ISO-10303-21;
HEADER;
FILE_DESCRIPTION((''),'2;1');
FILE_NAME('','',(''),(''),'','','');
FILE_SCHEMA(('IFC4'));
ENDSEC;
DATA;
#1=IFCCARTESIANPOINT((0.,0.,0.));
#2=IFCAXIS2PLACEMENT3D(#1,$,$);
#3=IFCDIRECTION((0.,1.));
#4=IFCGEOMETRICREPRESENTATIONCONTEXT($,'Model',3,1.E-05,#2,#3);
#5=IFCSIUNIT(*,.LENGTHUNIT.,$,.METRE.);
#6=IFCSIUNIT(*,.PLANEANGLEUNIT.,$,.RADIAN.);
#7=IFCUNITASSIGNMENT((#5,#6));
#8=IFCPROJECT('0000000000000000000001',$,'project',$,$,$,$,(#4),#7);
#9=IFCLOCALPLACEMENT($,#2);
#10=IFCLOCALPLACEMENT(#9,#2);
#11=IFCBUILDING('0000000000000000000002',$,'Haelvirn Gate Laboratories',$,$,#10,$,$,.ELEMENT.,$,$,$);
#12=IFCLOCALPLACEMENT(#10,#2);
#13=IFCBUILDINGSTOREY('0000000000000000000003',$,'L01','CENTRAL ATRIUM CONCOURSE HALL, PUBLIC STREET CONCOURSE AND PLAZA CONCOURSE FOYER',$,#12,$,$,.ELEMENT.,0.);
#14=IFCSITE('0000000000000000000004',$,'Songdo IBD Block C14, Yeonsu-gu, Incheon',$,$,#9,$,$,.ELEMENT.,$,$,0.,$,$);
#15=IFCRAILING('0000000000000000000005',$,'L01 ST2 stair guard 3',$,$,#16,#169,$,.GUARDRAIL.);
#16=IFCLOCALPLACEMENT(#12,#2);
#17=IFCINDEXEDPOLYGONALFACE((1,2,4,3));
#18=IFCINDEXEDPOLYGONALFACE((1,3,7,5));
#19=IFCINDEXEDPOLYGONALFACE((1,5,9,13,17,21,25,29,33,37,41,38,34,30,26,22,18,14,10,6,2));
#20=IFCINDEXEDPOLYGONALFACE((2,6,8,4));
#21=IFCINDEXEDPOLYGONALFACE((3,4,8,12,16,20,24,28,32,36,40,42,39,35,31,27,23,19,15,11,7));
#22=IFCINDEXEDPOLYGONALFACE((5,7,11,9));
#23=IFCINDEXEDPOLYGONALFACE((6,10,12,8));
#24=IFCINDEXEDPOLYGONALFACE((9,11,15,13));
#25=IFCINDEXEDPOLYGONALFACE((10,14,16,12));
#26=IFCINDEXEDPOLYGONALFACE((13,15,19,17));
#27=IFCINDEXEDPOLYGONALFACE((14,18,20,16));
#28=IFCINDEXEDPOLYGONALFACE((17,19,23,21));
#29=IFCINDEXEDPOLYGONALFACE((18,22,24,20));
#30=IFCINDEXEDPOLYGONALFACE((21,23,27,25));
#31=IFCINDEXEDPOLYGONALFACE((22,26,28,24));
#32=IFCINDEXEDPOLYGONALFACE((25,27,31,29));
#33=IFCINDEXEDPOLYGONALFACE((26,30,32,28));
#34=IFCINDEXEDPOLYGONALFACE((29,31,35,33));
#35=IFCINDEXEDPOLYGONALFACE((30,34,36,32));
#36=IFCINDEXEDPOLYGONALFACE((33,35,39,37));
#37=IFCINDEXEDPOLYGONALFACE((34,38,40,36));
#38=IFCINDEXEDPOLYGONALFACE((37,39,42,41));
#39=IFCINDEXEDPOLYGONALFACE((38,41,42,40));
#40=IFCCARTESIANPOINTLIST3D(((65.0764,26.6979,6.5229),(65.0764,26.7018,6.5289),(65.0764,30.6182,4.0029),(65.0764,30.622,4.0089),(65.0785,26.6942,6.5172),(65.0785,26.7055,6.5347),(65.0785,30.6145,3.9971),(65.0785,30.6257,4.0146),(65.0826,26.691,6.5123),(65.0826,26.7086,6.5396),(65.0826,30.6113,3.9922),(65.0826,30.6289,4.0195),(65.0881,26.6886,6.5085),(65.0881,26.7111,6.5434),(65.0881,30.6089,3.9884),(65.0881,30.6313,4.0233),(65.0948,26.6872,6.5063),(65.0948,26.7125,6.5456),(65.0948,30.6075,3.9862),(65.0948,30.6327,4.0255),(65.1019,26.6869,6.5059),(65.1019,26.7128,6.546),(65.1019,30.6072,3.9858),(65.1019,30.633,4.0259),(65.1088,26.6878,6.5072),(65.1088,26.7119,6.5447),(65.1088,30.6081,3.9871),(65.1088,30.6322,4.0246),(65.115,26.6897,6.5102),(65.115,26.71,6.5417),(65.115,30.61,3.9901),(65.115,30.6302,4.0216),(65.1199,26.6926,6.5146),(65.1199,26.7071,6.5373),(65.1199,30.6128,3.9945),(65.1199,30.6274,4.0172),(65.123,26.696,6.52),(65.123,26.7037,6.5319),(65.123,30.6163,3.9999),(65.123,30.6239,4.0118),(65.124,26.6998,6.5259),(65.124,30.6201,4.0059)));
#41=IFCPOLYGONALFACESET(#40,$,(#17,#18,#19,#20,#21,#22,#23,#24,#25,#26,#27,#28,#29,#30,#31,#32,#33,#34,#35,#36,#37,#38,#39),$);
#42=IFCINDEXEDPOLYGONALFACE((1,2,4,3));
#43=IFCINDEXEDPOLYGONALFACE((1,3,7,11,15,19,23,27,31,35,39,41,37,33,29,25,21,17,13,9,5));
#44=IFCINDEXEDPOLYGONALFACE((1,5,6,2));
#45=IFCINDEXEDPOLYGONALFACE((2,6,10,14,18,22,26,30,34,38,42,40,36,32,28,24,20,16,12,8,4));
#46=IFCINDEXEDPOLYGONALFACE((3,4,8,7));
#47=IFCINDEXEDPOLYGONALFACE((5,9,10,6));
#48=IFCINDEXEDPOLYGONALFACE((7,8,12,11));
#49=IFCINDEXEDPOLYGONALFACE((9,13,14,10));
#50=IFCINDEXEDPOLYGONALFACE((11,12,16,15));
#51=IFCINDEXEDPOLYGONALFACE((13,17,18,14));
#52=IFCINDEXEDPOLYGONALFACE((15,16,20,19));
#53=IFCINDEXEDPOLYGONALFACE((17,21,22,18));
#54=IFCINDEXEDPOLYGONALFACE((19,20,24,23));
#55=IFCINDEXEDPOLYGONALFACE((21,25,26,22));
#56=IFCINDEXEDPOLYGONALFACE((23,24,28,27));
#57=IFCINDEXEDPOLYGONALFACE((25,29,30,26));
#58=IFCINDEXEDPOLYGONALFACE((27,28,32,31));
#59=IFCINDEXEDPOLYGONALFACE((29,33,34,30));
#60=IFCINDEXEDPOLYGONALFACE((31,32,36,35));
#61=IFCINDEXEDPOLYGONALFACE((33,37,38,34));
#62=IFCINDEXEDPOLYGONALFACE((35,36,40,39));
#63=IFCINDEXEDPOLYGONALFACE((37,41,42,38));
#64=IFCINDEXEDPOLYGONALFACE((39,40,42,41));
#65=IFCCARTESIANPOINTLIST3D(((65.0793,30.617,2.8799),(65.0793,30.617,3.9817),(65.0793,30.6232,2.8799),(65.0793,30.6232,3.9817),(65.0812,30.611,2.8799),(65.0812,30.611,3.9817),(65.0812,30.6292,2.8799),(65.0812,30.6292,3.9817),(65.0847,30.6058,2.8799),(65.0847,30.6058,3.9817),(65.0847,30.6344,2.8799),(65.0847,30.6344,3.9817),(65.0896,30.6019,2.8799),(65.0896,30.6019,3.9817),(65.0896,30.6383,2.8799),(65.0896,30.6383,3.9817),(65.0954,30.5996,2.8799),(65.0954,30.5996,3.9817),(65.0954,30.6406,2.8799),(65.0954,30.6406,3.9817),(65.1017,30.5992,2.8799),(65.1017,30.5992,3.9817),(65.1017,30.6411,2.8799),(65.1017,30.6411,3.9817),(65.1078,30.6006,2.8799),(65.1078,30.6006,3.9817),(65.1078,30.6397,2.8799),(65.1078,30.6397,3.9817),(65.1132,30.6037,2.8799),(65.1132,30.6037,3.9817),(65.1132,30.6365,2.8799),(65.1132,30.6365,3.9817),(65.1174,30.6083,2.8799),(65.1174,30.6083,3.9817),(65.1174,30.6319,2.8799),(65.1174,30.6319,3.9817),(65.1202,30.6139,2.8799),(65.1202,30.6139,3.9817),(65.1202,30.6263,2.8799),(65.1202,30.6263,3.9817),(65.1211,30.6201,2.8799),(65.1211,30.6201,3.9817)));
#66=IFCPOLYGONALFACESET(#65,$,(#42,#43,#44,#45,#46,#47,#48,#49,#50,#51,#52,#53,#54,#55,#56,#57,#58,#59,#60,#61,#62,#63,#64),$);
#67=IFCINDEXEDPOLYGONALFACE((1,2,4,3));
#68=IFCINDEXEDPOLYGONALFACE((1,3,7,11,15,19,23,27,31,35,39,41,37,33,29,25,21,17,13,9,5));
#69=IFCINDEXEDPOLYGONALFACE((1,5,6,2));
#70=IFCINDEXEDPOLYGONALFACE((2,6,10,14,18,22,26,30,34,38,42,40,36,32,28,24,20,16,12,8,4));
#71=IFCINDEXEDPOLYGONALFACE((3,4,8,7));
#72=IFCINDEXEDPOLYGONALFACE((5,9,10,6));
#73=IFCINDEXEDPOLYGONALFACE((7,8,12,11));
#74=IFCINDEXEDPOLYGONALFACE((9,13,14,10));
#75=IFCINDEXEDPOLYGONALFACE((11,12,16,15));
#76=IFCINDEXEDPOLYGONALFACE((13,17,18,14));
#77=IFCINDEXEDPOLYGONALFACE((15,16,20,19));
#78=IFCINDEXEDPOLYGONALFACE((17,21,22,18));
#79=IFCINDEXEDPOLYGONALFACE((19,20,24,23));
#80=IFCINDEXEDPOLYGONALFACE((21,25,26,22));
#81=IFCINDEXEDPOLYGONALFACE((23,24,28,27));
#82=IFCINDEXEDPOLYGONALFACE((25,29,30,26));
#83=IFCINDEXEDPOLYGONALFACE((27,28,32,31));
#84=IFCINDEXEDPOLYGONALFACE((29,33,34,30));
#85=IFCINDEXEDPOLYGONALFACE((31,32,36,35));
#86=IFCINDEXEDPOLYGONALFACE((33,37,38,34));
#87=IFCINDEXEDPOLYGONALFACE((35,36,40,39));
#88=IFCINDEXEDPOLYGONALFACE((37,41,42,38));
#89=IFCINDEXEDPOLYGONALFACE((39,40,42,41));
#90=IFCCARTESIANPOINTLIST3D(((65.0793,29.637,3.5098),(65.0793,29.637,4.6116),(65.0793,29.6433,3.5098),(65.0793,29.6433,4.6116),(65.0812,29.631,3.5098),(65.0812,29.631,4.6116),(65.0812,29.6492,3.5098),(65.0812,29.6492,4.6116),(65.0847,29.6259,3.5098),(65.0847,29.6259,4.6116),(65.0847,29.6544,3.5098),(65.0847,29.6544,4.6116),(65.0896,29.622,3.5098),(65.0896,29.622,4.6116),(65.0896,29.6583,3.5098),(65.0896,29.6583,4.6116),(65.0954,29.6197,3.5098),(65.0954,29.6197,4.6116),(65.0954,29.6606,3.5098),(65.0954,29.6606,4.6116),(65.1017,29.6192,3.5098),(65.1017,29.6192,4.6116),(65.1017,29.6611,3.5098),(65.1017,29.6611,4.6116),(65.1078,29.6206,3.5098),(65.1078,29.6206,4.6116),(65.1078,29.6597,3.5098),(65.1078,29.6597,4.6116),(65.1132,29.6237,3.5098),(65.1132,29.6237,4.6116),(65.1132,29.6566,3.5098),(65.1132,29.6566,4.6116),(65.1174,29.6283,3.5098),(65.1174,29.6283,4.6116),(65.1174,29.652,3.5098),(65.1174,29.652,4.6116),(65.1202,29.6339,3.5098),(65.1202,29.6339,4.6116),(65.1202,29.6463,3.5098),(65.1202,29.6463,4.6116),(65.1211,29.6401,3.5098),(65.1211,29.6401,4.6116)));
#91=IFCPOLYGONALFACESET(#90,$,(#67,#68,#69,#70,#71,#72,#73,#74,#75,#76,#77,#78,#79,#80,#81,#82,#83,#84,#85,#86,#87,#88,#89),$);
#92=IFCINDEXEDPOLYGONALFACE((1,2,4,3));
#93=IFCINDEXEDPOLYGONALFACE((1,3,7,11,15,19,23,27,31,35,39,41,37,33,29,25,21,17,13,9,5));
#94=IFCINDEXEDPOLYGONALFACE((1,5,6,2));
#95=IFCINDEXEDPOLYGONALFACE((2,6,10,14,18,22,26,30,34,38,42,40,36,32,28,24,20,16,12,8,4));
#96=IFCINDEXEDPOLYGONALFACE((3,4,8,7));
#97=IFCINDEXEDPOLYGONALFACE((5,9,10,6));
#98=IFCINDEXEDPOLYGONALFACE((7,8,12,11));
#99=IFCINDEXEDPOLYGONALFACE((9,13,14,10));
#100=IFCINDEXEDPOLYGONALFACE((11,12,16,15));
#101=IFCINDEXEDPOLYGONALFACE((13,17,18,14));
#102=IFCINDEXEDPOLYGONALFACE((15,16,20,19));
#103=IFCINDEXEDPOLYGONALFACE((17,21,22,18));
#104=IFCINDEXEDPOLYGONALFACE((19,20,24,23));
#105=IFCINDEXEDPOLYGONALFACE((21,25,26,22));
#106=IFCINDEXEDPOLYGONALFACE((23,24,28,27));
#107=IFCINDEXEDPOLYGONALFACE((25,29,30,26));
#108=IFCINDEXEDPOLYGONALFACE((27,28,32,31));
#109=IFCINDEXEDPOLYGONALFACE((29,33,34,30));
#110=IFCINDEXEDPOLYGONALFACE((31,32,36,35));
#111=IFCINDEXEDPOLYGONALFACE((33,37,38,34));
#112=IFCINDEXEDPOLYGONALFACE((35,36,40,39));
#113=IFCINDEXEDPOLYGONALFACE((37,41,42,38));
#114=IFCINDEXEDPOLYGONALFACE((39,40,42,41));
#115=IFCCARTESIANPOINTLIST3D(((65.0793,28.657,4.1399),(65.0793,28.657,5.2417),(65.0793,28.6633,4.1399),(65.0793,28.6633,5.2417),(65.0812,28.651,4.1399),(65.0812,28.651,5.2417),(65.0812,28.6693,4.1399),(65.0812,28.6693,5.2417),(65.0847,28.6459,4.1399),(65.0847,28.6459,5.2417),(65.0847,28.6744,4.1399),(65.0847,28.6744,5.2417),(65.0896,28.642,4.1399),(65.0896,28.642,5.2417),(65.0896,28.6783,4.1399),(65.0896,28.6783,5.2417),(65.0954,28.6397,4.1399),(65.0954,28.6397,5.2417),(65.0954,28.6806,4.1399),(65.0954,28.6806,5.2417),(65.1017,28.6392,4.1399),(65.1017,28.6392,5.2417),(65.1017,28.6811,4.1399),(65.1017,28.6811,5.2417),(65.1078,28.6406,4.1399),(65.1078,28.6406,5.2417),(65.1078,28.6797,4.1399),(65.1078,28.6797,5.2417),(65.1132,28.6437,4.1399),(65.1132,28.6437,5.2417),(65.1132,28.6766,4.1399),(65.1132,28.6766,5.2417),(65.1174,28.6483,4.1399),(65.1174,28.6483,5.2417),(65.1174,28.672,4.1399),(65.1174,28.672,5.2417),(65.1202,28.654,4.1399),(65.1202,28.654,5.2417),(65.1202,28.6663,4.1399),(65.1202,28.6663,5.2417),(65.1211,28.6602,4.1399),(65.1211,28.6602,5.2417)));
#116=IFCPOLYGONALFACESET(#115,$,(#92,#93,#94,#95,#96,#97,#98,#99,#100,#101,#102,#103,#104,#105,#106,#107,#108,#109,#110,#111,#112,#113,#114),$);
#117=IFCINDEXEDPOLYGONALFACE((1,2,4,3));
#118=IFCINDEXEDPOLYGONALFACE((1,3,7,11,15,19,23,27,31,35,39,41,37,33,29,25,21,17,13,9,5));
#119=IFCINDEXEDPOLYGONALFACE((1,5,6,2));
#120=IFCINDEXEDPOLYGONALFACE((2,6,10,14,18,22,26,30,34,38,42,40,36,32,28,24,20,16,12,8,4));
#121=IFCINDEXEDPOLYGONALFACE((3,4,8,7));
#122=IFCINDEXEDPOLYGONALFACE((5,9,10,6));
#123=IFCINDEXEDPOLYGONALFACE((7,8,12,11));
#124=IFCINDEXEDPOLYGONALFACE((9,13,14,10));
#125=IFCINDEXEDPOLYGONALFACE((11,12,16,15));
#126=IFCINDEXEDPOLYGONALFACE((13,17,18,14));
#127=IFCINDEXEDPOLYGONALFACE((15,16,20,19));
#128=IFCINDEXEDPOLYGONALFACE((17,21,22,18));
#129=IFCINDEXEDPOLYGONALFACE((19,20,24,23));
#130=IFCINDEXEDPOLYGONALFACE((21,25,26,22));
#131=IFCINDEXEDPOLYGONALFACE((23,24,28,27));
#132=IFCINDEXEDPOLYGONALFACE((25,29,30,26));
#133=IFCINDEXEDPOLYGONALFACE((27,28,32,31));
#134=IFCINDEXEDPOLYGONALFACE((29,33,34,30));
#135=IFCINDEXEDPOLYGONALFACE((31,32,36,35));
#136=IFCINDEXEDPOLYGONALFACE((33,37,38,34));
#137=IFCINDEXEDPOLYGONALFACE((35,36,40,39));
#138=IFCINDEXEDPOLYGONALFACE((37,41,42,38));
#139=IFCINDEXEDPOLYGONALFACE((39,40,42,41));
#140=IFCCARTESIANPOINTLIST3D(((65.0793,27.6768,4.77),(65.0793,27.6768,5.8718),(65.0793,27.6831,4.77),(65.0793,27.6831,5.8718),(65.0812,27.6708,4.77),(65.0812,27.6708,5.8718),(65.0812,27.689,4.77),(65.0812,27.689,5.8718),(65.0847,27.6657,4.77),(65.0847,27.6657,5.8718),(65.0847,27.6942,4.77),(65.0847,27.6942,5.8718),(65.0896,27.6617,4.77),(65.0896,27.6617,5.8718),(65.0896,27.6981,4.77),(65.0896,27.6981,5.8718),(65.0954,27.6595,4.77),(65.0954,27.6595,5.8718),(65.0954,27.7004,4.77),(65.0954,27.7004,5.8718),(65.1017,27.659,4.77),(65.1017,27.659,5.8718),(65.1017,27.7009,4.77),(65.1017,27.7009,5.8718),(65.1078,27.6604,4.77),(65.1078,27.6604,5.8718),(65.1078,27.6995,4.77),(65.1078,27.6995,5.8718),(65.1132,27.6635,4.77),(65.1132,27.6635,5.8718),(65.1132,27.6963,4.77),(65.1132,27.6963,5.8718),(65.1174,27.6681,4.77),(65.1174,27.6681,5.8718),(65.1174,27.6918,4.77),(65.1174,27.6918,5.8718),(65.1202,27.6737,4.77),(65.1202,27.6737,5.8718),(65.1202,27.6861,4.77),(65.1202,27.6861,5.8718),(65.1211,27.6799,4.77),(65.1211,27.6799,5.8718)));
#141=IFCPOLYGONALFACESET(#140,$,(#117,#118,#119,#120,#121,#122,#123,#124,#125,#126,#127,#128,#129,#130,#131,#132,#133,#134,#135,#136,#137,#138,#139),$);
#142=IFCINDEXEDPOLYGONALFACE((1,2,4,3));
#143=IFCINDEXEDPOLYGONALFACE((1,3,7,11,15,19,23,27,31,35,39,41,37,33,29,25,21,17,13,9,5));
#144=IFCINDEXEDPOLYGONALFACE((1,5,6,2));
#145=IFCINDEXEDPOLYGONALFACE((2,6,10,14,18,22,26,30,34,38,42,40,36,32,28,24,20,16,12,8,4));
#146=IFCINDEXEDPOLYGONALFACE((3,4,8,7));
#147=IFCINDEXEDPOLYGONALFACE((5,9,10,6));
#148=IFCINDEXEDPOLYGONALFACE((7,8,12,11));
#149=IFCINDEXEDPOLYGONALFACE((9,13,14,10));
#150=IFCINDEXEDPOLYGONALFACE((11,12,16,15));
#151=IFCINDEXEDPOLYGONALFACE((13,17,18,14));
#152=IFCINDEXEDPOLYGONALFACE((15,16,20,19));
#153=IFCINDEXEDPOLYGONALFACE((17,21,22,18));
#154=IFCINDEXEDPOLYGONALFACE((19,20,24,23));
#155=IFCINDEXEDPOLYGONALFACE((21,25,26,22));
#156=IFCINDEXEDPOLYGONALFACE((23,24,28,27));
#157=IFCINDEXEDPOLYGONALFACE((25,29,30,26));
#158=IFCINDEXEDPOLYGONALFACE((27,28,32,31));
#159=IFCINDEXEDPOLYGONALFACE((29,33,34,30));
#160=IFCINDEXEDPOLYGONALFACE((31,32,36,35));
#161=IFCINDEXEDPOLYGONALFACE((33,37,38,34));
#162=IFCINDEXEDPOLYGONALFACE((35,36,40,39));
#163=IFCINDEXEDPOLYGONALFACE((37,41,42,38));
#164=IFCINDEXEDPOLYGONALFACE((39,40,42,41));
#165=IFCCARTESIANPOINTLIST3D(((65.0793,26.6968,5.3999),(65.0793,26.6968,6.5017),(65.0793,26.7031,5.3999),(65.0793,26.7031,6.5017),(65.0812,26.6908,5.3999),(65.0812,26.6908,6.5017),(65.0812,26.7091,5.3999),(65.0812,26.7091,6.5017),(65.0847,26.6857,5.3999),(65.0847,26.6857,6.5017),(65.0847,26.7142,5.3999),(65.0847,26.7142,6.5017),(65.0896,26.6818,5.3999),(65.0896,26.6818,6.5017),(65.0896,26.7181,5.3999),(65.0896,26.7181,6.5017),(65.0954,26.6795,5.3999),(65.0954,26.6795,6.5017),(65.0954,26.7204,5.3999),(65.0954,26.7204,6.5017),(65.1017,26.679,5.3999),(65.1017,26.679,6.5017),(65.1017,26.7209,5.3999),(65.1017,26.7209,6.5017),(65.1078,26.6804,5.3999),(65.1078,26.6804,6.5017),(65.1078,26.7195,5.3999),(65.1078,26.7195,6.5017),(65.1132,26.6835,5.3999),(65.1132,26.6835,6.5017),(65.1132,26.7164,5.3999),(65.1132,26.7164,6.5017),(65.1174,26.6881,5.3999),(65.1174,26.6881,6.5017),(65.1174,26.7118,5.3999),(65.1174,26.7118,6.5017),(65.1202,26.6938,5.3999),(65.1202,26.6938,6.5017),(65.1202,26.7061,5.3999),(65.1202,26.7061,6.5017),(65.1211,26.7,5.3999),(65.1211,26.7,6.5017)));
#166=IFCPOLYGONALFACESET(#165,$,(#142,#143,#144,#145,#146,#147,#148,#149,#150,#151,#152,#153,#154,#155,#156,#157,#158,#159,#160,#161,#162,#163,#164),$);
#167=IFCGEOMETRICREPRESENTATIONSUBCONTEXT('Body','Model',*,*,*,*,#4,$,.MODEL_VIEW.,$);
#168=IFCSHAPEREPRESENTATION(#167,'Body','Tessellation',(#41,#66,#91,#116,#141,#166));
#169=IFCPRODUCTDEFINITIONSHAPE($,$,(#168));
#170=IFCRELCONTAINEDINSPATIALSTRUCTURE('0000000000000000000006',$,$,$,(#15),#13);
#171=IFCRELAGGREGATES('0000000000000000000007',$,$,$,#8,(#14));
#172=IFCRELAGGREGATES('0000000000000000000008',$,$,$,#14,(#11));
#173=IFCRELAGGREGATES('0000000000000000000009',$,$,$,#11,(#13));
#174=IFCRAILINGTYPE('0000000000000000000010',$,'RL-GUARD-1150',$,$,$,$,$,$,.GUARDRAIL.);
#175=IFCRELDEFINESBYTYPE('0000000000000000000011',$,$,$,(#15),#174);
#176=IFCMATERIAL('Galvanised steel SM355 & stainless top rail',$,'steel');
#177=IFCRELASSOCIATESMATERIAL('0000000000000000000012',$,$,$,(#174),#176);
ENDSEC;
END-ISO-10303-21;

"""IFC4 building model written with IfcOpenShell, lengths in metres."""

from ifc_helpers import new_model, si_unit, direction, frame, origin, origin_2d, place, context, subcontext, project, spatial, circle, extrude, source, transform, mapped, material, type_object, element, save


model = new_model("IFC4")

# Units and contexts
model_context = context("Model", 3, precision=1e-05, world=origin(), true_north=direction((0.0, 1.0)))
body_context = subcontext(model_context, "Body", "Model", "MODEL_VIEW")
ifc_project = project(units=[si_unit("LENGTHUNIT", "METRE"), si_unit("PLANEANGLEUNIT", "RADIAN")], contexts=[model_context])

# Site, building, storey
site_placement = place(None, origin())
site = spatial("IfcSite", under=ifc_project, at=site_placement, Name="Songdo IBD Block C14, Yeonsu-gu, Incheon", CompositionType="ELEMENT", RefElevation=0.0)
building_placement = place(site_placement, origin())
building = spatial("IfcBuilding", under=site, at=building_placement, Name="Haelvirn Gate Laboratories", CompositionType="ELEMENT")
storey_placement = place(building_placement, origin())
storey = spatial("IfcBuildingStorey", under=building, at=storey_placement, Name="L01", Description="CENTRAL ATRIUM CONCOURSE HALL, PUBLIC STREET CONCOURSE AND PLAZA CONCOURSE FOYER", CompositionType="ELEMENT", Elevation=0.0)

# Railing
ifc_material_1 = material(Name="Galvanised steel SM355 & stainless top rail", Category="steel")
railing_type_1 = type_object("IfcRailingType", Name="RL-GUARD-1150", PredefinedType="GUARDRAIL", material=ifc_material_1)
shared_shape_1 = source(origin(), body_context, "Body", "SweptSolid", [
    extrude(circle(Radius=0.0239, at=origin_2d()), frame((0.0, 0.0, 1.126), z_axis=(0.0, -0.841187, 0.540744), x_axis=(1.0, 0.0, 0.0)), (0.0, 0.0, 1.0), 4.6604),
    extrude(circle(Radius=0.021, at=origin_2d()), origin(), (0.0, 0.0, 1.0), 1.1018),
    extrude(circle(Radius=0.021, at=origin_2d()), frame((0.0, -0.98, 0.6299)), (0.0, 0.0, 1.0), 1.1018),
    extrude(circle(Radius=0.021, at=origin_2d()), frame((0.0, -1.96, 1.26)), (0.0, 0.0, 1.0), 1.1018),
    extrude(circle(Radius=0.021, at=origin_2d()), frame((0.0, -2.9402, 1.8901)), (0.0, 0.0, 1.0), 1.1018),
    extrude(circle(Radius=0.021, at=origin_2d()), frame((0.0, -3.9202, 2.52)), (0.0, 0.0, 1.0), 1.1018),
])
railing_1_placement = place(storey_placement, frame((65.1001, 30.6201, 2.8799)))
element("IfcRailing", 1, at=railing_1_placement, inside=storey, type_object=railing_type_1, Name="L01 ST2 stair guard 3", PredefinedType="GUARDRAIL", context=body_context, shape_type="MappedRepresentation", body=[
    mapped(shared_shape_1, transform((0.0, 0.0, 0.0), scale=1.0)),
])

save(model, "model.ifc")
